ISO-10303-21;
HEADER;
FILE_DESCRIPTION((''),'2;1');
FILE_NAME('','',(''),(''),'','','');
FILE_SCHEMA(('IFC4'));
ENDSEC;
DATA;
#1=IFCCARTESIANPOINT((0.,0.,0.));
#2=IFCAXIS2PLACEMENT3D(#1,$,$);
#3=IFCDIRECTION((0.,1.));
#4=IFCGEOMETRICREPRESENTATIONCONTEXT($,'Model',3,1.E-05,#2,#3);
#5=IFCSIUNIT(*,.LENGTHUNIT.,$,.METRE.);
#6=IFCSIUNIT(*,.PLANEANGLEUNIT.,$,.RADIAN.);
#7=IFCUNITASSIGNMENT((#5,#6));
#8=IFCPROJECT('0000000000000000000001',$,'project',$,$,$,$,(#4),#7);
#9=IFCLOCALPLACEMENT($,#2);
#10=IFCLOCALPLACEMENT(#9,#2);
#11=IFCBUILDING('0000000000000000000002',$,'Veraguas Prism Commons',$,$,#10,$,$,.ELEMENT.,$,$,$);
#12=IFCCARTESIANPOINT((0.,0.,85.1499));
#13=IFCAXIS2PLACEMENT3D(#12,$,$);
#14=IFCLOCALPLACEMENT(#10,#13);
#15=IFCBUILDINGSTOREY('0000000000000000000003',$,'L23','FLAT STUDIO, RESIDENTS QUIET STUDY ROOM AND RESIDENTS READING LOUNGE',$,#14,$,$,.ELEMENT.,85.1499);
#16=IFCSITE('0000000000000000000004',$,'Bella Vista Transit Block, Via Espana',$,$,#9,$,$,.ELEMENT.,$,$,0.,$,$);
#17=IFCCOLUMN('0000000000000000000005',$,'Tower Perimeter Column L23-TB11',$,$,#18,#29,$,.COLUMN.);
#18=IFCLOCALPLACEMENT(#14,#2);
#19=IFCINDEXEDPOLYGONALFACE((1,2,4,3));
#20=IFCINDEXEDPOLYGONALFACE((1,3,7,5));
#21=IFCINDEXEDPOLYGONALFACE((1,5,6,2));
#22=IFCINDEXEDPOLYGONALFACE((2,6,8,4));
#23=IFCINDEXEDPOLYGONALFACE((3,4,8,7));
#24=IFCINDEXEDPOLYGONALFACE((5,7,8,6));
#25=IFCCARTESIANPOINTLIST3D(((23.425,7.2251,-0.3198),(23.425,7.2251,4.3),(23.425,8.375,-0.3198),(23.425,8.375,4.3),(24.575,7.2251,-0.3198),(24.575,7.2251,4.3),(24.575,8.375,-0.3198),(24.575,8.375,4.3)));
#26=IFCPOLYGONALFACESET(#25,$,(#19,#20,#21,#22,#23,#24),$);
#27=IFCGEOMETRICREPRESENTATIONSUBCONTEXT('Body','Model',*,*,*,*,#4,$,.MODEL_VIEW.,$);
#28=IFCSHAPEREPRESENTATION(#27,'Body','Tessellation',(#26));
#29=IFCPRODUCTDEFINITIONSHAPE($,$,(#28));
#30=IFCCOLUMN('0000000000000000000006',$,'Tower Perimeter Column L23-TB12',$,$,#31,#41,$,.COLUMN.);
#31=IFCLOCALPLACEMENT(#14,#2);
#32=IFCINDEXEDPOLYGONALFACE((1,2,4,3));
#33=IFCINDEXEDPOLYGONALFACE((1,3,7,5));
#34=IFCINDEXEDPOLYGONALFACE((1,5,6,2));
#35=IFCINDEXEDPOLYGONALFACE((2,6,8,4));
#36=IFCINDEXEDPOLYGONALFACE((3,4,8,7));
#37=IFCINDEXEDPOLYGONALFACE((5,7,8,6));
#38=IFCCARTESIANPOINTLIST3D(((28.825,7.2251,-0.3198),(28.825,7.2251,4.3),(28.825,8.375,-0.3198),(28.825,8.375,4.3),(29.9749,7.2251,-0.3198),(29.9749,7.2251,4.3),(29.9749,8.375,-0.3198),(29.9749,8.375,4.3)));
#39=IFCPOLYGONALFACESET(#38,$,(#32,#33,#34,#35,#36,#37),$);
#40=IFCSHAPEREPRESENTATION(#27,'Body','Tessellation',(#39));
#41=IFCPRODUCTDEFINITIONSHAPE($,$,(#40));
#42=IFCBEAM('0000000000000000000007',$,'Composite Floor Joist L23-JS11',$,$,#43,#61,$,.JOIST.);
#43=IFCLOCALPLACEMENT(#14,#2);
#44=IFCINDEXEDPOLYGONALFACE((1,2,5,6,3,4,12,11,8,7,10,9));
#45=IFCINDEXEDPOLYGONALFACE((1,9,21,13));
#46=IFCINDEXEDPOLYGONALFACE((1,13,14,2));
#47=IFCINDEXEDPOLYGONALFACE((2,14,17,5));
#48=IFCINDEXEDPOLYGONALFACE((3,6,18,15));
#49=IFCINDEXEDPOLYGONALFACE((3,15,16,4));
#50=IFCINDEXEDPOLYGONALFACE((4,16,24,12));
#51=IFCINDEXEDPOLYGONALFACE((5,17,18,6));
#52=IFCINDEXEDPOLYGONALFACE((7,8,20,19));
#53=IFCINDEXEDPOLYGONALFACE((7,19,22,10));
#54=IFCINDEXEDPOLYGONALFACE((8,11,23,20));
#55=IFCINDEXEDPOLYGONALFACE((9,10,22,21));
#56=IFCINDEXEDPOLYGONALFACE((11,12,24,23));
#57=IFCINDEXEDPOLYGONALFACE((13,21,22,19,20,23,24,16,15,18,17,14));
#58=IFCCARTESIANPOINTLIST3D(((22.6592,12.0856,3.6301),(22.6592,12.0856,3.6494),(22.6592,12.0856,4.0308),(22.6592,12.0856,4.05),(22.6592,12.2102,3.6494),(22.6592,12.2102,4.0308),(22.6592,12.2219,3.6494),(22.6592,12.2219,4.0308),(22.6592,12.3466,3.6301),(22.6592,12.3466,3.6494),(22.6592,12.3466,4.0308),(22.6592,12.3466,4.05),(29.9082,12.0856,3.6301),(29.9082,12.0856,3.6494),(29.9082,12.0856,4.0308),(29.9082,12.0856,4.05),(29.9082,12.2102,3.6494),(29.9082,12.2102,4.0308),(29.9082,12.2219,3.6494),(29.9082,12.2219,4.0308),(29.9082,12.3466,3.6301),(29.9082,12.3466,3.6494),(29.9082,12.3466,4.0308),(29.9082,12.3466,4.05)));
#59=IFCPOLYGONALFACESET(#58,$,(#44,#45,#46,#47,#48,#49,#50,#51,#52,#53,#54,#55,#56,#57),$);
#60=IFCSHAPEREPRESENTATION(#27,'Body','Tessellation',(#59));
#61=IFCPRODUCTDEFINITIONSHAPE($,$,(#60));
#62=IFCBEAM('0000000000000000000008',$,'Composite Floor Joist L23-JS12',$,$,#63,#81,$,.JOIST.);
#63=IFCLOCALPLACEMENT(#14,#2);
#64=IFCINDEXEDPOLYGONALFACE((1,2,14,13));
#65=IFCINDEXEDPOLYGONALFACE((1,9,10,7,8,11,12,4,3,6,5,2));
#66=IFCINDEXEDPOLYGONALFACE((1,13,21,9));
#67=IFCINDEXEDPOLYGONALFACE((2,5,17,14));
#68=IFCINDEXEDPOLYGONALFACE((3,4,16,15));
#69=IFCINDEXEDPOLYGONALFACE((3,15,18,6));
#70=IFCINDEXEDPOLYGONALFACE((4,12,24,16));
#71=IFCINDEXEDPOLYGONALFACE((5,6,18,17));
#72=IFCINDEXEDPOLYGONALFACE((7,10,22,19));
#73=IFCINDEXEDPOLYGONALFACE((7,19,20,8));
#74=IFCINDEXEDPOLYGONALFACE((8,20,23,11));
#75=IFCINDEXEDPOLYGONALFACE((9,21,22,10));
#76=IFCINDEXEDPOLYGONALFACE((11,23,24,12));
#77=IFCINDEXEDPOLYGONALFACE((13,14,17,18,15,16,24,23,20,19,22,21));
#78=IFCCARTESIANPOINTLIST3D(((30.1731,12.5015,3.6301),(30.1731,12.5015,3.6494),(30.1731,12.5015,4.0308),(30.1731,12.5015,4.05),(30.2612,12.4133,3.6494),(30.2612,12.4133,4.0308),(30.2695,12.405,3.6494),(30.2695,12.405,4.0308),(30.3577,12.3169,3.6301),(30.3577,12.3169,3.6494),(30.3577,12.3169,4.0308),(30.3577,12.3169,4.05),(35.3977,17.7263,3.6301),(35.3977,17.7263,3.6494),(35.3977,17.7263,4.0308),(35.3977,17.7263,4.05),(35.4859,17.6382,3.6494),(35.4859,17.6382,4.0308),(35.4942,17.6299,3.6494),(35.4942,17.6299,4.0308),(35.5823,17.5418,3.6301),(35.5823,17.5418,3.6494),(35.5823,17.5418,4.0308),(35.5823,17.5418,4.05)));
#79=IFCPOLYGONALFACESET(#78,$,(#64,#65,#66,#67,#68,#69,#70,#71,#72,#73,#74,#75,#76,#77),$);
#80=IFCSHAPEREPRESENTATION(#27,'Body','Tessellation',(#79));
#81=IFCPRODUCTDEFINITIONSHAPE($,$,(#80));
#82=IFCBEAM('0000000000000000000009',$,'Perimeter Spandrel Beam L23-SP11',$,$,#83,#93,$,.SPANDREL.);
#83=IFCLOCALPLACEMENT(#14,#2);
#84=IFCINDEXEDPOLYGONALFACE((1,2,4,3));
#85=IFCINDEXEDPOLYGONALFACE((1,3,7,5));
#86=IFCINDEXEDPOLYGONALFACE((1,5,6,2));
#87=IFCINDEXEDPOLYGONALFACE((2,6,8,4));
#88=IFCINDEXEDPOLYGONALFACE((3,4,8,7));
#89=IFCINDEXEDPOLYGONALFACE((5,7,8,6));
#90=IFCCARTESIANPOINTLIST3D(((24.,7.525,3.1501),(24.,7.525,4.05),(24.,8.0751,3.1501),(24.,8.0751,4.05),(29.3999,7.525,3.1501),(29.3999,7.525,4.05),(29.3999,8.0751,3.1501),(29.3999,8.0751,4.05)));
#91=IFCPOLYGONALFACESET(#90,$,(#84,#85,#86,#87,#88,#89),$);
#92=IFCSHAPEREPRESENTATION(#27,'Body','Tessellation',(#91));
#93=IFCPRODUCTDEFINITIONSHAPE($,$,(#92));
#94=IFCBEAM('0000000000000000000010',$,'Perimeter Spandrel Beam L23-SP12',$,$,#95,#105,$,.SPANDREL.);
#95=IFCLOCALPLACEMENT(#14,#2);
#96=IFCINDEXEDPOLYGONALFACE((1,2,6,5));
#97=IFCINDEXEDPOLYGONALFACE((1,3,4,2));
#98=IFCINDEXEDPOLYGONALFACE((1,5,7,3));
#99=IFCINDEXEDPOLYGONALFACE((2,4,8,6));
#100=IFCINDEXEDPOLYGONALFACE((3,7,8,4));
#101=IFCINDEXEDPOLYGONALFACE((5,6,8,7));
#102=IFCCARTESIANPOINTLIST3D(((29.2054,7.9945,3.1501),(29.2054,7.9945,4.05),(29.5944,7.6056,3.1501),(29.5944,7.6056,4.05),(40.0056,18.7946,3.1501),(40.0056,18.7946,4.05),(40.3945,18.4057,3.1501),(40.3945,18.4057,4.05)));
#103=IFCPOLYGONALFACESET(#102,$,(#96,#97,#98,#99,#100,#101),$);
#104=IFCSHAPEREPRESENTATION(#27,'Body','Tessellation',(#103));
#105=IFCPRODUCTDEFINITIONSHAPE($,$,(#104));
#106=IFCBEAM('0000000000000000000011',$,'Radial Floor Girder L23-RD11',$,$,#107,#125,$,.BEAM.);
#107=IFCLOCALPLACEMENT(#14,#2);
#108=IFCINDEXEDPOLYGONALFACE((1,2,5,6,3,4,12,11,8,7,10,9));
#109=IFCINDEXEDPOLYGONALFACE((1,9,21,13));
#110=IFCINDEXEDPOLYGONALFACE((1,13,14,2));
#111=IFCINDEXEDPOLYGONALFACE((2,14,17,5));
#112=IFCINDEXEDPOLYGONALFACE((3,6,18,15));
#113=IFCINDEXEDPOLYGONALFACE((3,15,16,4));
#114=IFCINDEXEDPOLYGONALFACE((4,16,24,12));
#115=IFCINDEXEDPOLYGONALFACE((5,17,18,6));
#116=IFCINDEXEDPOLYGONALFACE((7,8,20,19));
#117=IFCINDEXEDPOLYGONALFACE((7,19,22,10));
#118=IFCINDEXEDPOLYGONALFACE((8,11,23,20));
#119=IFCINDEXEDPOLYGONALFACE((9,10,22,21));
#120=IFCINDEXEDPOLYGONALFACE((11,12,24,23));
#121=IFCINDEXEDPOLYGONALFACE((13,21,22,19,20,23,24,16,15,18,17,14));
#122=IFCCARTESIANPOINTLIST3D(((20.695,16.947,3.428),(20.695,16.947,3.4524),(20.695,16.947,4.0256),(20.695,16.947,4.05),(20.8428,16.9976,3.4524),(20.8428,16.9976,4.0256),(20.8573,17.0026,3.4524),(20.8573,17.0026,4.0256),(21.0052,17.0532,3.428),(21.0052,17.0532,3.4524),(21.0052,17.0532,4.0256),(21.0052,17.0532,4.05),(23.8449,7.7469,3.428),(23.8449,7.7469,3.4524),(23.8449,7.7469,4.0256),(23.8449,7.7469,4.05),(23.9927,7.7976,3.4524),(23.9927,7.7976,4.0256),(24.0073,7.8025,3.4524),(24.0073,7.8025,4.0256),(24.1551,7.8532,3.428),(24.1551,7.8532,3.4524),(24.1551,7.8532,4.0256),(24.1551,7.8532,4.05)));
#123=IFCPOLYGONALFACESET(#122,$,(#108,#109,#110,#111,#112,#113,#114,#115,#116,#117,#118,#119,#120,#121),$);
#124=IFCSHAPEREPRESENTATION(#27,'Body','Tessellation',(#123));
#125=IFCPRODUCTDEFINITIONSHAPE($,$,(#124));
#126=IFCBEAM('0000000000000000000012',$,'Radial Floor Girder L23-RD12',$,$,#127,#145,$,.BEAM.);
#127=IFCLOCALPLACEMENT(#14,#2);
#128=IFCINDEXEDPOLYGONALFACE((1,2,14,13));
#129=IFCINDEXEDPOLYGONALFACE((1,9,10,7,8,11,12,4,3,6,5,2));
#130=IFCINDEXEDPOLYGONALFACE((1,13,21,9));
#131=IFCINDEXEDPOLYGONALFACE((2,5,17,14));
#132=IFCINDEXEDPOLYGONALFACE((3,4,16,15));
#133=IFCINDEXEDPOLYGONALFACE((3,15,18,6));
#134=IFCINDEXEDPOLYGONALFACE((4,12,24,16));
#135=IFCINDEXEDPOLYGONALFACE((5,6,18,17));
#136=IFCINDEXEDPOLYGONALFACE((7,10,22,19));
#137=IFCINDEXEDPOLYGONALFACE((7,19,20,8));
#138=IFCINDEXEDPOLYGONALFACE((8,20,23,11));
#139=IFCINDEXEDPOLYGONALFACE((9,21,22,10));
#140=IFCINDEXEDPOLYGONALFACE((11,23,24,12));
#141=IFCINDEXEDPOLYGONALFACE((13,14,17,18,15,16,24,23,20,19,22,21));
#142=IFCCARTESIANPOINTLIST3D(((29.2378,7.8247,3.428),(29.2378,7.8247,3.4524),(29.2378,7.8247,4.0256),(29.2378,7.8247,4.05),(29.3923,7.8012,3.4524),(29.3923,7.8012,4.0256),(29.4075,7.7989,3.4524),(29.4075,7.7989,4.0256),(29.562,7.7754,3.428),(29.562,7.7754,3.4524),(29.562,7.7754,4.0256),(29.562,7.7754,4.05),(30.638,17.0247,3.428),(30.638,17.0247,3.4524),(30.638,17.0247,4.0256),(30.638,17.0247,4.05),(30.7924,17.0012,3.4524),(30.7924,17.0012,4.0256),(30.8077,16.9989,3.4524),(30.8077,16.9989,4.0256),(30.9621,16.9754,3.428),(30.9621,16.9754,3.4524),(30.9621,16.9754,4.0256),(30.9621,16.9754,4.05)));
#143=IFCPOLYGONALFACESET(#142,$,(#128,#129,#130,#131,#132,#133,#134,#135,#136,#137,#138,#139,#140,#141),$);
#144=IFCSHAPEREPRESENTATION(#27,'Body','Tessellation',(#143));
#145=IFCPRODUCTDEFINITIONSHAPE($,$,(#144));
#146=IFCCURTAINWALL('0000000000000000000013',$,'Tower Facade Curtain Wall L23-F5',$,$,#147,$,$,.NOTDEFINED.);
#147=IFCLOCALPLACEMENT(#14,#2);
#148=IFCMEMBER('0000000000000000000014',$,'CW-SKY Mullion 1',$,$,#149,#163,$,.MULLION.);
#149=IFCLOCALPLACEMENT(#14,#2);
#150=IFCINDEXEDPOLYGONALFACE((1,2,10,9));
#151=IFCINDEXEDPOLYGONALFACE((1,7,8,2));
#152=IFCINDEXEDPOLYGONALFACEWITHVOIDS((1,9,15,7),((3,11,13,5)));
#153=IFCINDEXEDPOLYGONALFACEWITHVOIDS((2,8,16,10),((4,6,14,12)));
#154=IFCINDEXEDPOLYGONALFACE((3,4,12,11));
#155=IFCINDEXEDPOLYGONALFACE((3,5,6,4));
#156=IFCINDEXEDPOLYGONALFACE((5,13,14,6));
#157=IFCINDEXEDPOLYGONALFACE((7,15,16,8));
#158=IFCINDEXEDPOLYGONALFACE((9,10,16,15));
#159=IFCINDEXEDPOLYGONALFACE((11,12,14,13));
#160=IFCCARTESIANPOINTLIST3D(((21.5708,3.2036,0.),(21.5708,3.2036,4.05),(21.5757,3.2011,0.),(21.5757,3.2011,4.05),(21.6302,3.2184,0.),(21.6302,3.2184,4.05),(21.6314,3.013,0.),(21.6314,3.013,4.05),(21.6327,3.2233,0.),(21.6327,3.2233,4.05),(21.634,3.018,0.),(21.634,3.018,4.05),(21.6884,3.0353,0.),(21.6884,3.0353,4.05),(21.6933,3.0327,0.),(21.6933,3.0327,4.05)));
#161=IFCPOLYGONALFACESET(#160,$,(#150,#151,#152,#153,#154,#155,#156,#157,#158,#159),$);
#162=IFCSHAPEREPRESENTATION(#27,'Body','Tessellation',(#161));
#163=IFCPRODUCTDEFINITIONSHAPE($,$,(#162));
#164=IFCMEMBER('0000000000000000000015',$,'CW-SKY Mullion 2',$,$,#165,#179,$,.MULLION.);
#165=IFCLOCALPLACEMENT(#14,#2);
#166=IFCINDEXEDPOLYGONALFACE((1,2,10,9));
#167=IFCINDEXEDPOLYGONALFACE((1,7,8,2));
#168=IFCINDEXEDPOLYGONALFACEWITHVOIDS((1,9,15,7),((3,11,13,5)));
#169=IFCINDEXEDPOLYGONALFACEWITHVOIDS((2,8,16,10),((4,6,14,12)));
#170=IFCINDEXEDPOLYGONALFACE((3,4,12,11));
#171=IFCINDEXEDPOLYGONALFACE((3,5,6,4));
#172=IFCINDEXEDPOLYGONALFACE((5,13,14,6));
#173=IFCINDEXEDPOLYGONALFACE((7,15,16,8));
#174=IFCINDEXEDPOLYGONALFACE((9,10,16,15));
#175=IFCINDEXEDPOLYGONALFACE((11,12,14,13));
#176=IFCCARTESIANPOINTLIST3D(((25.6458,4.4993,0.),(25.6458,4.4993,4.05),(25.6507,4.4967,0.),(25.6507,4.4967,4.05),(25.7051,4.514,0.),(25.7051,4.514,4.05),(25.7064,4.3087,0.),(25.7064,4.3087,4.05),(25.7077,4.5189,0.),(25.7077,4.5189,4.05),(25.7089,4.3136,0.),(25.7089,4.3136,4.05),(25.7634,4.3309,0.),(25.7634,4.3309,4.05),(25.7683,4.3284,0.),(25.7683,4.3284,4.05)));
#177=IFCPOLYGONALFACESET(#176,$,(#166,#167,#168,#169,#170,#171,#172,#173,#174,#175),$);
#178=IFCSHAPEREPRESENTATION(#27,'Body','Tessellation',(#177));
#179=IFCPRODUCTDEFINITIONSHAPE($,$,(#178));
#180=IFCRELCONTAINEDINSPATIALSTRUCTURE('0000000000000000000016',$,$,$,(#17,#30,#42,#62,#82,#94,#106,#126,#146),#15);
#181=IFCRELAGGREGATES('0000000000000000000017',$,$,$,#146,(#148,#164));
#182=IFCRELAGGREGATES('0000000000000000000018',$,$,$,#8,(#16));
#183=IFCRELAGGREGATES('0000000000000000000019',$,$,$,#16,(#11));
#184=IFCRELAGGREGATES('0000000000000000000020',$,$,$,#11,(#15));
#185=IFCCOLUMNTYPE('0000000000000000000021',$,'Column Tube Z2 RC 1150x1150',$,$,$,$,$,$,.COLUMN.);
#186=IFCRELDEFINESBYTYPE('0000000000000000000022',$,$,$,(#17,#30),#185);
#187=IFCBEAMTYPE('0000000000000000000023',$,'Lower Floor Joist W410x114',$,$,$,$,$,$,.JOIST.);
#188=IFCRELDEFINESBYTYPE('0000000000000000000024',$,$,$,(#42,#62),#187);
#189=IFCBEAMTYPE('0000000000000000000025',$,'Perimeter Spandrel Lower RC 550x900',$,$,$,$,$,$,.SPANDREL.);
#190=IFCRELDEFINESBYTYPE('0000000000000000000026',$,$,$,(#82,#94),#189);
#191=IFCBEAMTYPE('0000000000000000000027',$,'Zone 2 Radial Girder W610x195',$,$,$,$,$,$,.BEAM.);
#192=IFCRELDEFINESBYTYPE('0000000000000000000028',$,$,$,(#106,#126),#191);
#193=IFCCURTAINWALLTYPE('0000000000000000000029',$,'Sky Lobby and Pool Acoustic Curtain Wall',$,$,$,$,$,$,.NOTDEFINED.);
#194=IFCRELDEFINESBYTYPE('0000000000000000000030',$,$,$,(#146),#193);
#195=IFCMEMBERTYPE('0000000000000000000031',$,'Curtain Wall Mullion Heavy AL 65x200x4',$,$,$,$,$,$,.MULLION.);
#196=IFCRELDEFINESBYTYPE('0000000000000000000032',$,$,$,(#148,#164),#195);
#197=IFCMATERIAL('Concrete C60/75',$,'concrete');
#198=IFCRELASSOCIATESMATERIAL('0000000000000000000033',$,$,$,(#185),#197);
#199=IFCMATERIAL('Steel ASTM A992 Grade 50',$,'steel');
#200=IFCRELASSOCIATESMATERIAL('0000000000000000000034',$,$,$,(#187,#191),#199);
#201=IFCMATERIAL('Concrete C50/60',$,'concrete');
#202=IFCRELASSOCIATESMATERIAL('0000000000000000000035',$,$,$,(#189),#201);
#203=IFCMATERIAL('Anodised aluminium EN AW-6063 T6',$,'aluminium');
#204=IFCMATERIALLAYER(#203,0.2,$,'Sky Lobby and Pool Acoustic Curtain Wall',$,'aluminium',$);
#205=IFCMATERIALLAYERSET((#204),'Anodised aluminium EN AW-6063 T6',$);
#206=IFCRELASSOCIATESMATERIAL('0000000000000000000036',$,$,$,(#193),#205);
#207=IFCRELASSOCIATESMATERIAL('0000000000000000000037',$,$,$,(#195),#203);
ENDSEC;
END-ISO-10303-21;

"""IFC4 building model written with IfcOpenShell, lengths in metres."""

from ifc_helpers import new_model, si_unit, direction, frame, origin, origin_2d, place, context, subcontext, project, spatial, rectangle, hollow_rectangle, i_section, extrude, source, transform, mapped, material, layer, layer_set, material_profile, profile_set, type_object, element, aggregate, save


model = new_model("IFC4")

# Units and contexts
model_context = context("Model", 3, precision=1e-05, world=origin(), true_north=direction((0.0, 1.0)))
body_context = subcontext(model_context, "Body", "Model", "MODEL_VIEW")
ifc_project = project(units=[si_unit("LENGTHUNIT", "METRE"), si_unit("PLANEANGLEUNIT", "RADIAN")], contexts=[model_context])

# Site, building, storey
site_placement = place(None, origin())
site = spatial("IfcSite", under=ifc_project, at=site_placement, Name="Bella Vista Transit Block, Via Espana", CompositionType="ELEMENT", RefElevation=0.0)
building_placement = place(site_placement, origin())
building = spatial("IfcBuilding", under=site, at=building_placement, Name="Veraguas Prism Commons", CompositionType="ELEMENT")
storey_placement = place(building_placement, frame((0.0, 0.0, 85.1499)))
storey = spatial("IfcBuildingStorey", under=building, at=storey_placement, Name="L23", Description="FLAT STUDIO, RESIDENTS QUIET STUDY ROOM AND RESIDENTS READING LOUNGE", CompositionType="ELEMENT", Elevation=85.1499)

# Columns
ifc_material_1 = material(Name="Concrete C60/75", Category="concrete")
ifc_material_profile_1 = material_profile(ifc_material_1, rectangle(XDim=1.1499, YDim=1.1499, at=origin_2d()), Name="RC1150X1150")
ifc_profile_set_1 = profile_set([ifc_material_profile_1], Name="Concrete C60/75")
column_type = type_object("IfcColumnType", Name="Column Tube Z2 RC 1150x1150", PredefinedType="COLUMN", material=ifc_profile_set_1)
for number, where, z_axis, x_axis, name in (
    (1, (24.0, 7.8, -0.3198), (0.0, 0.0, 1.0), (1.0, 0.0, 0.0), "Tower Perimeter Column L23-TB11"),
    (2, (29.3999, 7.8, -0.3198), (0.0, 0.0, 1.0), (1.0, 0.0, 0.0), "Tower Perimeter Column L23-TB12"),
):
    element("IfcColumn", number, at=place(storey_placement, frame(where, z_axis=z_axis, x_axis=x_axis)), inside=storey, type_object=column_type, Name=name, PredefinedType="COLUMN", context=body_context, shape_type="SweptSolid", body=[
        extrude(rectangle(XDim=1.1499, YDim=1.1499, at=origin_2d()), origin(), (0.0, 0.0, 1.0), 4.6199),
    ])

# Beams
ifc_material_2 = material(Name="Steel ASTM A992 Grade 50", Category="steel")
ifc_material_profile_2 = material_profile(ifc_material_2, i_section(OverallWidth=0.261, OverallDepth=0.4199, WebThickness=0.0117, FlangeThickness=0.0193, at=origin_2d()), Name="W410X114")
ifc_profile_set_2 = profile_set([ifc_material_profile_2], Name="Steel ASTM A992 Grade 50")
beam_type_1 = type_object("IfcBeamType", Name="Lower Floor Joist W410x114", PredefinedType="JOIST", material=ifc_profile_set_2)
beam_1_placement = place(storey_placement, frame((22.6592, 12.2161, 3.8401), z_axis=(1.0, 0.0, 0.0), x_axis=(0.0, 1.0, 0.0)))
element("IfcBeam", 3, at=beam_1_placement, inside=storey, type_object=beam_type_1, Name="Composite Floor Joist L23-JS11", PredefinedType="JOIST", context=body_context, shape_type="SweptSolid", body=[
    extrude(i_section(OverallWidth=0.261, OverallDepth=0.4199, WebThickness=0.0117, FlangeThickness=0.0193, at=origin_2d()), origin(), (0.0, 0.0, 1.0), 7.249),
])
beam_2_placement = place(storey_placement, frame((30.2654, 12.4092, 3.8401), z_axis=(0.70709, 0.707123, 0.0), x_axis=(-0.707123, 0.70709, 0.0)))
element("IfcBeam", 4, at=beam_2_placement, inside=storey, type_object=beam_type_1, Name="Composite Floor Joist L23-JS12", PredefinedType="JOIST", context=body_context, shape_type="SweptSolid", body=[
    extrude(i_section(OverallWidth=0.261, OverallDepth=0.4199, WebThickness=0.0117, FlangeThickness=0.0193, at=origin_2d()), origin(), (0.0, 0.0, 1.0), 7.3889),
])
ifc_material_3 = material(Name="Concrete C50/60", Category="concrete")
ifc_material_profile_3 = material_profile(ifc_material_3, rectangle(XDim=0.55, YDim=0.8999, at=origin_2d()), Name="RC550X900")
ifc_profile_set_3 = profile_set([ifc_material_profile_3], Name="Concrete C50/60")
beam_type_2 = type_object("IfcBeamType", Name="Perimeter Spandrel Lower RC 550x900", PredefinedType="SPANDREL", material=ifc_profile_set_3)
beam_3_placement = place(storey_placement, frame((24.0, 7.8, 3.6001), z_axis=(1.0, 0.0, 0.0), x_axis=(0.0, 1.0, 0.0)))
element("IfcBeam", 5, at=beam_3_placement, inside=storey, type_object=beam_type_2, Name="Perimeter Spandrel Beam L23-SP11", PredefinedType="SPANDREL", context=body_context, shape_type="SweptSolid", body=[
    extrude(rectangle(XDim=0.55, YDim=0.8999, at=origin_2d()), origin(), (0.0, 0.0, 1.0), 5.3999),
])
beam_4_placement = place(storey_placement, frame((29.3999, 7.8, 3.6001), z_axis=(0.707107, 0.707107, 0.0), x_axis=(-0.707107, 0.707107, 0.0)))
element("IfcBeam", 6, at=beam_4_placement, inside=storey, type_object=beam_type_2, Name="Perimeter Spandrel Beam L23-SP12", PredefinedType="SPANDREL", context=body_context, shape_type="SweptSolid", body=[
    extrude(rectangle(XDim=0.55, YDim=0.8999, at=origin_2d()), origin(), (0.0, 0.0, 1.0), 15.2737),
])
ifc_material_profile_4 = material_profile(ifc_material_2, i_section(OverallWidth=0.3279, OverallDepth=0.6221, WebThickness=0.0154, FlangeThickness=0.0244, at=origin_2d()), Name="W610X195")
ifc_profile_set_4 = profile_set([ifc_material_profile_4], Name="Steel ASTM A992 Grade 50")
beam_type_3 = type_object("IfcBeamType", Name="Zone 2 Radial Girder W610x195", PredefinedType="BEAM", material=ifc_profile_set_4)
beam_5_placement = place(storey_placement, frame((24.0, 7.8, 3.739), z_axis=(-0.323922, 0.946084, 0.0), x_axis=(-0.946084, -0.323922, 0.0)))
element("IfcBeam", 7, at=beam_5_placement, inside=storey, type_object=beam_type_3, Name="Radial Floor Girder L23-RD11", PredefinedType="BEAM", context=body_context, shape_type="SweptSolid", body=[
    extrude(i_section(OverallWidth=0.3279, OverallDepth=0.6221, WebThickness=0.0154, FlangeThickness=0.0244, at=origin_2d()), origin(), (0.0, 0.0, 1.0), 9.7244),
])
beam_6_placement = place(storey_placement, frame((29.3999, 7.8, 3.739), z_axis=(0.150458, 0.988616, 0.0), x_axis=(-0.988616, 0.150458, 0.0)))
element("IfcBeam", 8, at=beam_6_placement, inside=storey, type_object=beam_type_3, Name="Radial Floor Girder L23-RD12", PredefinedType="BEAM", context=body_context, shape_type="SweptSolid", body=[
    extrude(i_section(OverallWidth=0.3279, OverallDepth=0.6221, WebThickness=0.0154, FlangeThickness=0.0244, at=origin_2d()), origin(), (0.0, 0.0, 1.0), 9.3059),
])

# Curtain wall, members
ifc_material_4 = material(Name="Anodised aluminium EN AW-6063 T6", Category="aluminium")
ifc_layer_1 = layer(ifc_material_4, 0.2, Name="Sky Lobby and Pool Acoustic Curtain Wall", Category="aluminium")
ifc_layer_set_1 = layer_set([ifc_layer_1], Name="Anodised aluminium EN AW-6063 T6")
curtain_wall_type = type_object("IfcCurtainWallType", Name="Sky Lobby and Pool Acoustic Curtain Wall", PredefinedType="NOTDEFINED", material=ifc_layer_set_1)
curtain_wall_placement = place(storey_placement, origin())
curtain_wall = element("IfcCurtainWall", 9, at=curtain_wall_placement, inside=storey, type_object=curtain_wall_type, Name="Tower Facade Curtain Wall L23-F5", PredefinedType="NOTDEFINED")
ifc_material_profile_5 = material_profile(ifc_material_4, hollow_rectangle(XDim=0.0649, YDim=0.2, WallThickness=0.0039, at=origin_2d()), Name="AL65X200X4")
ifc_profile_set_5 = profile_set([ifc_material_profile_5], Name="Anodised aluminium EN AW-6063 T6")
member_type_1 = type_object("IfcMemberType", Name="Curtain Wall Mullion Heavy AL 65x200x4", PredefinedType="MULLION", material=ifc_profile_set_5)
shared_shape_1 = source(origin(), body_context, "Body", "SweptSolid", [
    extrude(hollow_rectangle(XDim=0.0649, YDim=0.2, WallThickness=0.0039, at=origin_2d()), origin(), (0.0, 0.0, 1.0), 4.05),
])
member_1_placement = place(storey_placement, frame((21.6321, 3.1182, 0.0), z_axis=(0.0, 0.0, 1.0), x_axis=(0.952979, 0.303035, 0.0)))
member_1 = element("IfcMember", 10, at=member_1_placement, type_object=member_type_1, Name="CW-SKY Mullion 1", PredefinedType="MULLION", context=body_context, shape_type="MappedRepresentation", body=[
    mapped(shared_shape_1, transform((0.0, 0.0, 0.0), scale=1.0)),
])
member_2_placement = place(storey_placement, frame((25.707, 4.4138, 0.0), z_axis=(0.0, 0.0, 1.0), x_axis=(0.952979, 0.303035, 0.0)))
member_2 = element("IfcMember", 11, at=member_2_placement, type_object=member_type_1, Name="CW-SKY Mullion 2", PredefinedType="MULLION", context=body_context, shape_type="MappedRepresentation", body=[
    mapped(shared_shape_1, transform((0.0, 0.0, 0.0), scale=1.0)),
])
aggregate(curtain_wall, [member_1, member_2])

save(model, "model.ifc")
